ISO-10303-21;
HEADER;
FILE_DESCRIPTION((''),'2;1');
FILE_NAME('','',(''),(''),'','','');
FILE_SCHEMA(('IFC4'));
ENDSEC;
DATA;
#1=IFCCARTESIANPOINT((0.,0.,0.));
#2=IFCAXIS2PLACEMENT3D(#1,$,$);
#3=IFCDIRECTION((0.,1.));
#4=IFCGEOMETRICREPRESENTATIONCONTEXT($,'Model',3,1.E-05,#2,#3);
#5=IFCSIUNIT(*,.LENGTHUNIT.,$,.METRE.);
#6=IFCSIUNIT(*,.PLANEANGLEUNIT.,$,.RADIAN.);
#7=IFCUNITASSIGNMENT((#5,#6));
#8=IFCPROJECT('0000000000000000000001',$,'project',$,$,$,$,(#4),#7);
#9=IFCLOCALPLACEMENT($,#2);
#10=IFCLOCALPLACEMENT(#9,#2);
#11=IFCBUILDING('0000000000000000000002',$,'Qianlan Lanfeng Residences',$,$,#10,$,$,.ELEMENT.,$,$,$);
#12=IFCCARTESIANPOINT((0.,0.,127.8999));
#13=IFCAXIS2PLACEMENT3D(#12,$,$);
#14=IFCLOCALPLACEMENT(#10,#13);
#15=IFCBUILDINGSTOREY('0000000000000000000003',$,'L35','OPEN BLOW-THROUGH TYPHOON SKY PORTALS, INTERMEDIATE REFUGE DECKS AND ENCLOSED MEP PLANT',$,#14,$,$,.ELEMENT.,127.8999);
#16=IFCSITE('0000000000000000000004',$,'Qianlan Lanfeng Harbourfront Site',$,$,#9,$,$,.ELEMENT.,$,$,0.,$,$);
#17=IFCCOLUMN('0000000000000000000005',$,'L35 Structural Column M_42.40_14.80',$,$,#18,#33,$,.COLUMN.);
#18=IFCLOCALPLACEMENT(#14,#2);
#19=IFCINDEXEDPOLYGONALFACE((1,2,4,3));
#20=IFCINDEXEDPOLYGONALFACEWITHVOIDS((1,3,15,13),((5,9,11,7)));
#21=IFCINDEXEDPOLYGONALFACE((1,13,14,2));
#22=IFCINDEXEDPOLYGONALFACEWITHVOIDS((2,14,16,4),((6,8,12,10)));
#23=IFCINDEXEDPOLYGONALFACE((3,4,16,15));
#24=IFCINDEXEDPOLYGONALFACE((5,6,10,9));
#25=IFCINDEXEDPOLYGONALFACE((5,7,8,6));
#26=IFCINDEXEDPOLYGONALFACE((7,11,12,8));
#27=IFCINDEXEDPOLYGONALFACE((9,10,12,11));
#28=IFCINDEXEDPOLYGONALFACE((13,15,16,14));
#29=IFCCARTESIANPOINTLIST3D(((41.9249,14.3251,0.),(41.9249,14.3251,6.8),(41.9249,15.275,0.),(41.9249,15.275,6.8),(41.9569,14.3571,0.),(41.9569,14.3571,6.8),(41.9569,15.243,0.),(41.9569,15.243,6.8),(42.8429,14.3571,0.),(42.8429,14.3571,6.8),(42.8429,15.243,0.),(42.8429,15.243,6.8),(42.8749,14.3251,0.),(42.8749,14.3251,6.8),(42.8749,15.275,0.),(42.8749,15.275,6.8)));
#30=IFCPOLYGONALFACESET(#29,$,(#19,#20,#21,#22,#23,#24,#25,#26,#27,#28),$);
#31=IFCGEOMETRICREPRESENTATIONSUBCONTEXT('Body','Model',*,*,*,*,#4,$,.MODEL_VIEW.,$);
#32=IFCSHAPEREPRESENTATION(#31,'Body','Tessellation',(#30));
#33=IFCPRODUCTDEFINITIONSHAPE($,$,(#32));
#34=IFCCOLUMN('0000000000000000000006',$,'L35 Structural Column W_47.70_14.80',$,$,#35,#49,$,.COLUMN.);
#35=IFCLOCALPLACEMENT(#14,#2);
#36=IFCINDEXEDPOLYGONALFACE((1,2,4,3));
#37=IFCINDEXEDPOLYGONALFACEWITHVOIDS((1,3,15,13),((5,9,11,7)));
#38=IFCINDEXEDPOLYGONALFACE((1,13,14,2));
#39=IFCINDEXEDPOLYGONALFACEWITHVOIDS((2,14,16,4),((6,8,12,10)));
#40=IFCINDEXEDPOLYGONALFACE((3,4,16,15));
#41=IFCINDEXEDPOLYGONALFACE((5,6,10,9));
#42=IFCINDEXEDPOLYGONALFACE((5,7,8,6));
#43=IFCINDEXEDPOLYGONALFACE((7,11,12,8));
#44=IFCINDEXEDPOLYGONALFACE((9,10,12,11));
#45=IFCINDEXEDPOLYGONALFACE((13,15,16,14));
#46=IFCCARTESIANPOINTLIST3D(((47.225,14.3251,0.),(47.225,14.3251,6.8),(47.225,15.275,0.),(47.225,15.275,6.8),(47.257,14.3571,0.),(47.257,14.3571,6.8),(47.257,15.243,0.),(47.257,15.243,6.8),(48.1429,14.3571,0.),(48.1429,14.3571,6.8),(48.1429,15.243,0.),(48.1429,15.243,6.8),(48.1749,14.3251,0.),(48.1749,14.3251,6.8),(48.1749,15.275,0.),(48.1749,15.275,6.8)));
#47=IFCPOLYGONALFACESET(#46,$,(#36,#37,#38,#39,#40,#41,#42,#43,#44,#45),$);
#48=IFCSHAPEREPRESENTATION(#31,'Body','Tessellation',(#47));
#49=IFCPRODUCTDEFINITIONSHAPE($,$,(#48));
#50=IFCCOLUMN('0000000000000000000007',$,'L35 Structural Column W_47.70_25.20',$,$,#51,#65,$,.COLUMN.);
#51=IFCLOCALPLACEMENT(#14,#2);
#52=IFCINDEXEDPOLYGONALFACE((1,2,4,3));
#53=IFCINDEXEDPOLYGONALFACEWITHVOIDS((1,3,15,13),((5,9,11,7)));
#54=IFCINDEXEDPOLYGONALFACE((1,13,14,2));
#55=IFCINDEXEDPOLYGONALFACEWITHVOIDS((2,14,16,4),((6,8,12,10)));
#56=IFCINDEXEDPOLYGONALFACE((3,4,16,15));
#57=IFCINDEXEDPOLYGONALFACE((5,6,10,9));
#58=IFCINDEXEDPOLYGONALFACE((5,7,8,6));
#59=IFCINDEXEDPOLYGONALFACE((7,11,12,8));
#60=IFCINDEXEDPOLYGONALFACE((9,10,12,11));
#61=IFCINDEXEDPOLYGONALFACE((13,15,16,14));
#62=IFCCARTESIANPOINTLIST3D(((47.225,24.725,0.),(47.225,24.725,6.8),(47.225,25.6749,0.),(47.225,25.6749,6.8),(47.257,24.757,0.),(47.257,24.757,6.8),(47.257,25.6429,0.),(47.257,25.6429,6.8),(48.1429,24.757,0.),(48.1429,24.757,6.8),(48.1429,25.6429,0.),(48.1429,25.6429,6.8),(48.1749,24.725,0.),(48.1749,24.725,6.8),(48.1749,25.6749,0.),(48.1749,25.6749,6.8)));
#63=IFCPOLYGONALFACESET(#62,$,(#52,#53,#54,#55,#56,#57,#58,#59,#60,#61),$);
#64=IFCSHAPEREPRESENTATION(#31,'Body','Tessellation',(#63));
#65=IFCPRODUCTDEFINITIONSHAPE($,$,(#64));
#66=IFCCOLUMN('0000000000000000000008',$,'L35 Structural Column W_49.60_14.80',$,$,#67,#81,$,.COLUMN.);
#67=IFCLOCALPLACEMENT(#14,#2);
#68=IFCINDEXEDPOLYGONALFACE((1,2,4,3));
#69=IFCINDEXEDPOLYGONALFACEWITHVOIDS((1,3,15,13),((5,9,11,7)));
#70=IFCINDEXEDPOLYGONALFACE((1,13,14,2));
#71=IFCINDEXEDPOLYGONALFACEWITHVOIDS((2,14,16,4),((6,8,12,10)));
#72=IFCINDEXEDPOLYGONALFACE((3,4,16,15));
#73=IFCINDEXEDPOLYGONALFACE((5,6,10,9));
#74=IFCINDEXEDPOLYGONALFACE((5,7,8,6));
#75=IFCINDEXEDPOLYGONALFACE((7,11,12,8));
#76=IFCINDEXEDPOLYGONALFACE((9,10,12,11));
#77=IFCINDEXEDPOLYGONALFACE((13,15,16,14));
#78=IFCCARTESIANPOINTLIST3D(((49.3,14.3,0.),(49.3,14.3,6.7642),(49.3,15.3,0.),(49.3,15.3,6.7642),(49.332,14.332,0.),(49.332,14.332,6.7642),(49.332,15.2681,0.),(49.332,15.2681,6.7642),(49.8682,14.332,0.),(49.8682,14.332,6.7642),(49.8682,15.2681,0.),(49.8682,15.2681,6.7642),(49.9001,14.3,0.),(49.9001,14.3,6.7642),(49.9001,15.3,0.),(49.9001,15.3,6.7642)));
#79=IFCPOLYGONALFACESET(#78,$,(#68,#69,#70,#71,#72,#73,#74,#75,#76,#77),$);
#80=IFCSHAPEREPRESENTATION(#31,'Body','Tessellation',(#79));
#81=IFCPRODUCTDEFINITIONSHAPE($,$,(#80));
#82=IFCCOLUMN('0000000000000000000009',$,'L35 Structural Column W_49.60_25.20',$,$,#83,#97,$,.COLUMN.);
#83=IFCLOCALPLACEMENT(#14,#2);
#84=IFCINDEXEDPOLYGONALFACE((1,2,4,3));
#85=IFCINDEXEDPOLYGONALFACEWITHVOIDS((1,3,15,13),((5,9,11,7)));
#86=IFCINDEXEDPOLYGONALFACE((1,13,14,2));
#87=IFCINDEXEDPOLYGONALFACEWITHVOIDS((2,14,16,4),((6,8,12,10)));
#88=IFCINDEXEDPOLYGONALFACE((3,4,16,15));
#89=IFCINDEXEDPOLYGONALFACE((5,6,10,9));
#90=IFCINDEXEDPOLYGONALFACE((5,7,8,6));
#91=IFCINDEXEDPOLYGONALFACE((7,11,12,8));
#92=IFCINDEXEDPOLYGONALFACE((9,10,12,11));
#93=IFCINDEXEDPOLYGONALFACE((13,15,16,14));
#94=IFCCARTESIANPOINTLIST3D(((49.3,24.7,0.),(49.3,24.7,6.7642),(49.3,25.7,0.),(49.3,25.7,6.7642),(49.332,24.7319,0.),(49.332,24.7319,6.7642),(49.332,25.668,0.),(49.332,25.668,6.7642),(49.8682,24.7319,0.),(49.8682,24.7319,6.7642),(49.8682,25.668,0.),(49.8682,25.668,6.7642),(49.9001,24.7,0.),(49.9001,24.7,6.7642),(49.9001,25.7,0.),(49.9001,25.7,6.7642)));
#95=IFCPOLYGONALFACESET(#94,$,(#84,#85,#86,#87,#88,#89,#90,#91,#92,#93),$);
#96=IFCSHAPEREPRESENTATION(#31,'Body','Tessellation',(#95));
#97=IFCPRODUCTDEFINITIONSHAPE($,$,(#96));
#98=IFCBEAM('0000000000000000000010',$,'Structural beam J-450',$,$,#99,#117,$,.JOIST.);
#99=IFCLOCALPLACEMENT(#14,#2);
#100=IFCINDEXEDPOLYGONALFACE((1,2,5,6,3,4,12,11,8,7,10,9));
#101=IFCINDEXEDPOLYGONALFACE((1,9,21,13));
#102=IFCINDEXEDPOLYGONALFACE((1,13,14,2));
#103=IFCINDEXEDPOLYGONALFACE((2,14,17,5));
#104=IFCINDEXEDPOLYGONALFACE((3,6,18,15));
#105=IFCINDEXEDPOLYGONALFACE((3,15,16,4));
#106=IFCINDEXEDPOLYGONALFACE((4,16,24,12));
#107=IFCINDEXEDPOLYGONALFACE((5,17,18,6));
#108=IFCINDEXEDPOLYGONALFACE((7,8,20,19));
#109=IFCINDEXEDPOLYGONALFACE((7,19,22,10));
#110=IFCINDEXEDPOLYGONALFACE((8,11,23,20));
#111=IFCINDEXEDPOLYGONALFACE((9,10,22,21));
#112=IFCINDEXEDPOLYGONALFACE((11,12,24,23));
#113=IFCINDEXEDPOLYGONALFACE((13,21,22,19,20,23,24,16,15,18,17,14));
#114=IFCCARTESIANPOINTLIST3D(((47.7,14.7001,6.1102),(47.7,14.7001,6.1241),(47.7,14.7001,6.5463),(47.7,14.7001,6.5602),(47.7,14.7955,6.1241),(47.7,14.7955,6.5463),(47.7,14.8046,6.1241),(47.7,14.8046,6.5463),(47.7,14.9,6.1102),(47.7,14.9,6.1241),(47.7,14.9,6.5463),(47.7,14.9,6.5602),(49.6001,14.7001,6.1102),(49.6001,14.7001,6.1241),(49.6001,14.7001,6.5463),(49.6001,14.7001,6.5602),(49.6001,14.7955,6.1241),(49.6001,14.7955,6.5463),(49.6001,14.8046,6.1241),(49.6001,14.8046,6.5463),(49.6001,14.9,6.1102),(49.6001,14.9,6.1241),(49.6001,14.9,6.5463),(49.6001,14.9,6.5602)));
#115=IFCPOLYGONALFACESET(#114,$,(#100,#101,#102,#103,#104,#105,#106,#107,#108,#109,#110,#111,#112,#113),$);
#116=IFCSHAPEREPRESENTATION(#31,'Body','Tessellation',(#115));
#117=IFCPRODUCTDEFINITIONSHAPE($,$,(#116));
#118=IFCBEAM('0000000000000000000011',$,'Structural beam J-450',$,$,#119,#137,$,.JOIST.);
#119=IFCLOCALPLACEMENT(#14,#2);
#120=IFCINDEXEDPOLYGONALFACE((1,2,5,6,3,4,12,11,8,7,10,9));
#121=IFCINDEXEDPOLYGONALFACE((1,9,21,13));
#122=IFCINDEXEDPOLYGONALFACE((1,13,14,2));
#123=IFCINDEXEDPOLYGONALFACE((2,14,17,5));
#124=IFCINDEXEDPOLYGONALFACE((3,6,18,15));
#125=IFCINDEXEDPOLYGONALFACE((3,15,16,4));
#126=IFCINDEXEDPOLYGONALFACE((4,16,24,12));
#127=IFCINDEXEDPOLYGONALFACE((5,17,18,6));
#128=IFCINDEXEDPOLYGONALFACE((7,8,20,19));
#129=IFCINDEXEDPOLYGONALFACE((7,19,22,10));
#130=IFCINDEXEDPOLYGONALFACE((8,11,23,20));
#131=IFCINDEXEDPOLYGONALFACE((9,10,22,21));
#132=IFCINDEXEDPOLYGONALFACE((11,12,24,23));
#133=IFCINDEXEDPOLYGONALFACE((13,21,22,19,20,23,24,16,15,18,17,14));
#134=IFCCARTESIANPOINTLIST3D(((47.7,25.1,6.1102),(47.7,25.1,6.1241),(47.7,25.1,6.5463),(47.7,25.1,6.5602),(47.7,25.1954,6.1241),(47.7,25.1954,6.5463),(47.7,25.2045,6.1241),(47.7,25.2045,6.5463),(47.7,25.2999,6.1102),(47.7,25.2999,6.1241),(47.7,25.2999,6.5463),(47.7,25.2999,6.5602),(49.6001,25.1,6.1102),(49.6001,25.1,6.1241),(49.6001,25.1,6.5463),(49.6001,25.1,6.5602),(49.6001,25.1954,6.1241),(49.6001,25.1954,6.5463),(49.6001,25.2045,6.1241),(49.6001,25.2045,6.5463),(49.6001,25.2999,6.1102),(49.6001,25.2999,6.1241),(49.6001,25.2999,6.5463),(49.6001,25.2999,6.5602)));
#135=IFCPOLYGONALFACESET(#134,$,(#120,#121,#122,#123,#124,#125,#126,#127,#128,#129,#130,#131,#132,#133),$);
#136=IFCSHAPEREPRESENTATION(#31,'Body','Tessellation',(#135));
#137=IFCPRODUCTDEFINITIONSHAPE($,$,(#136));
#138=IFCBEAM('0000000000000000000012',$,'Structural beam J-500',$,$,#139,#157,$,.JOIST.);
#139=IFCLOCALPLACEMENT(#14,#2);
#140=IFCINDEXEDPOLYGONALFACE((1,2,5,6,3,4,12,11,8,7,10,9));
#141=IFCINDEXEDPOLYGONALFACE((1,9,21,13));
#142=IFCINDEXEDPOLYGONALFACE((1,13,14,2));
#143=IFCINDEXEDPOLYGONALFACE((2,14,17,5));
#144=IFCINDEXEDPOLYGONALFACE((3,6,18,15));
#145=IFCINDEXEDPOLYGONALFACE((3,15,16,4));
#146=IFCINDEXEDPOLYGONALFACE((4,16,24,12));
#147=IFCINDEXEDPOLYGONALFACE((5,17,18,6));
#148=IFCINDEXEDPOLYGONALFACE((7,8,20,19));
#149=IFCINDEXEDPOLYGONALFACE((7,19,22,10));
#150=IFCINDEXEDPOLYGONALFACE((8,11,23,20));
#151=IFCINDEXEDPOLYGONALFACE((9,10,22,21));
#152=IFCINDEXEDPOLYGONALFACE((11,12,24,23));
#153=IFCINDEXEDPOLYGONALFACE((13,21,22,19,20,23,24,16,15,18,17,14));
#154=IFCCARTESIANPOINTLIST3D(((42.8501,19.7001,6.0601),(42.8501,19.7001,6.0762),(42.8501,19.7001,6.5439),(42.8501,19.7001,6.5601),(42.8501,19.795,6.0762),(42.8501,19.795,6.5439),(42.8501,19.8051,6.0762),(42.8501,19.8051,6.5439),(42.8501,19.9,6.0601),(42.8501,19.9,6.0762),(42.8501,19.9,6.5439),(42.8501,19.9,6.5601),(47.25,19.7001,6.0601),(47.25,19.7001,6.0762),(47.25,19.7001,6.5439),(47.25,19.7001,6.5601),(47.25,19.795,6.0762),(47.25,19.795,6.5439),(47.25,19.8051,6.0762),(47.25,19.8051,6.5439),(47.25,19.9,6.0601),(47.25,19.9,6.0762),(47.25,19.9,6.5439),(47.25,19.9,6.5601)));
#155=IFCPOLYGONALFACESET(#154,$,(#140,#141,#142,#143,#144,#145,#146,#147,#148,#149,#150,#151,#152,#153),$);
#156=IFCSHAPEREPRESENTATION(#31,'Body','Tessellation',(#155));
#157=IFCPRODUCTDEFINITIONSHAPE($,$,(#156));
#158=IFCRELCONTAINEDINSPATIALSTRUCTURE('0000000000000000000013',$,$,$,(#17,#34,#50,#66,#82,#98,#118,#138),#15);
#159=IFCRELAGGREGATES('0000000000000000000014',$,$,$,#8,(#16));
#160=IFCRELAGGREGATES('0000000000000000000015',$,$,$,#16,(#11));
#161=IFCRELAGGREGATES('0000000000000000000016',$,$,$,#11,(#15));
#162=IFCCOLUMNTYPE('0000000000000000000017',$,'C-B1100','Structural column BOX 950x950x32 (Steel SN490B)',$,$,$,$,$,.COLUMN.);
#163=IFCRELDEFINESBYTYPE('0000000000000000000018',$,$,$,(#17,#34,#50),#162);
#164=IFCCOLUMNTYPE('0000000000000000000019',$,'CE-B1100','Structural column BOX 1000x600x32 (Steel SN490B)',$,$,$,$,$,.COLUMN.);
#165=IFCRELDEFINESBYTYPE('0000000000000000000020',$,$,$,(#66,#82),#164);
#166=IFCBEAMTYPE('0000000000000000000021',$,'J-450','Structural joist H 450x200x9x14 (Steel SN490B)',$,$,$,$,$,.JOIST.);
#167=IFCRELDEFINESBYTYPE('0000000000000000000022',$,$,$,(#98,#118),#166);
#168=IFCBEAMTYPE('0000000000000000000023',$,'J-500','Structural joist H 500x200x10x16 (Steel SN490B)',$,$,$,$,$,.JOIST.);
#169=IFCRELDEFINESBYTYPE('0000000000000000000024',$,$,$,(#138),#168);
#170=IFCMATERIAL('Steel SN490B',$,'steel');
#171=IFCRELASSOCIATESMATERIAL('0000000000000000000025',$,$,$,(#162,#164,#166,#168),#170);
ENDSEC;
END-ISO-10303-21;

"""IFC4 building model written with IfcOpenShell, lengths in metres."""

from ifc_helpers import new_model, si_unit, direction, frame, origin, origin_2d, place, context, subcontext, project, spatial, hollow_rectangle, i_section, extrude, material, material_profile, profile_set, type_object, element, save


model = new_model("IFC4")

# Units and contexts
model_context = context("Model", 3, precision=1e-05, world=origin(), true_north=direction((0.0, 1.0)))
body_context = subcontext(model_context, "Body", "Model", "MODEL_VIEW")
ifc_project = project(units=[si_unit("LENGTHUNIT", "METRE"), si_unit("PLANEANGLEUNIT", "RADIAN")], contexts=[model_context])

# Site, building, storey
site_placement = place(None, origin())
site = spatial("IfcSite", under=ifc_project, at=site_placement, Name="Qianlan Lanfeng Harbourfront Site", CompositionType="ELEMENT", RefElevation=0.0)
building_placement = place(site_placement, origin())
building = spatial("IfcBuilding", under=site, at=building_placement, Name="Qianlan Lanfeng Residences", CompositionType="ELEMENT")
storey_placement = place(building_placement, frame((0.0, 0.0, 127.8999)))
storey = spatial("IfcBuildingStorey", under=building, at=storey_placement, Name="L35", Description="OPEN BLOW-THROUGH TYPHOON SKY PORTALS, INTERMEDIATE REFUGE DECKS AND ENCLOSED MEP PLANT", CompositionType="ELEMENT", Elevation=127.8999)

# Columns
ifc_material_1 = material(Name="Steel SN490B", Category="steel")
ifc_material_profile_1 = material_profile(ifc_material_1, hollow_rectangle(XDim=0.95, YDim=0.95, WallThickness=0.032, at=origin_2d()), Name="BOX 950x950x32")
ifc_profile_set_1 = profile_set([ifc_material_profile_1], Name="Steel SN490B")
column_type_1 = type_object("IfcColumnType", Name="C-B1100", Description="Structural column BOX 950x950x32 (Steel SN490B)", PredefinedType="COLUMN", material=ifc_profile_set_1)
for number, where, z_axis, x_axis, name in (
    (1, (42.3999, 14.8, 0.0), (0.0, 0.0, 1.0), (1.0, 0.0, 0.0), "L35 Structural Column M_42.40_14.80"),
    (2, (47.7, 14.8, 0.0), (0.0, 0.0, 1.0), (1.0, 0.0, 0.0), "L35 Structural Column W_47.70_14.80"),
    (3, (47.7, 25.2, 0.0), (0.0, 0.0, 1.0), (1.0, 0.0, 0.0), "L35 Structural Column W_47.70_25.20"),
):
    element("IfcColumn", number, at=place(storey_placement, frame(where, z_axis=z_axis, x_axis=x_axis)), inside=storey, type_object=column_type_1, Name=name, PredefinedType="COLUMN", context=body_context, shape_type="SweptSolid", body=[
        extrude(hollow_rectangle(XDim=0.95, YDim=0.95, WallThickness=0.032, at=origin_2d()), origin(), (0.0, 0.0, 1.0), 6.8),
    ])
ifc_material_profile_2 = material_profile(ifc_material_1, hollow_rectangle(XDim=0.6001, YDim=1.0, WallThickness=0.032, at=origin_2d()), Name="BOX 1000x600x32")
ifc_profile_set_2 = profile_set([ifc_material_profile_2], Name="Steel SN490B")
column_type_2 = type_object("IfcColumnType", Name="CE-B1100", Description="Structural column BOX 1000x600x32 (Steel SN490B)", PredefinedType="COLUMN", material=ifc_profile_set_2)
for number, where, z_axis, x_axis, name in (
    (4, (49.6001, 14.8, 0.0), (0.0, 0.0, 1.0), (1.0, 0.0, 0.0), "L35 Structural Column W_49.60_14.80"),
    (5, (49.6001, 25.2, 0.0), (0.0, 0.0, 1.0), (1.0, 0.0, 0.0), "L35 Structural Column W_49.60_25.20"),
):
    element("IfcColumn", number, at=place(storey_placement, frame(where, z_axis=z_axis, x_axis=x_axis)), inside=storey, type_object=column_type_2, Name=name, PredefinedType="COLUMN", context=body_context, shape_type="SweptSolid", body=[
        extrude(hollow_rectangle(XDim=0.6001, YDim=1.0, WallThickness=0.032, at=origin_2d()), origin(), (0.0, 0.0, 1.0), 6.7642),
    ])

# Beams
ifc_material_profile_3 = material_profile(ifc_material_1, i_section(OverallWidth=0.2, OverallDepth=0.45, WebThickness=0.009, FlangeThickness=0.0139, at=origin_2d()), Name="H 450x200x9x14")
ifc_profile_set_3 = profile_set([ifc_material_profile_3], Name="Steel SN490B")
beam_type_1 = type_object("IfcBeamType", Name="J-450", Description="Structural joist H 450x200x9x14 (Steel SN490B)", PredefinedType="JOIST", material=ifc_profile_set_3)
for number, where, z_axis, x_axis, name in (
    (6, (47.7, 14.8, 6.3352), (1.0, 0.0, 0.0), (0.0, 1.0, 0.0), "Structural beam J-450"),
    (7, (47.7, 25.2, 6.3352), (1.0, 0.0, 0.0), (0.0, 1.0, 0.0), "Structural beam J-450"),
):
    element("IfcBeam", number, at=place(storey_placement, frame(where, z_axis=z_axis, x_axis=x_axis)), inside=storey, type_object=beam_type_1, Name=name, PredefinedType="JOIST", context=body_context, shape_type="SweptSolid", body=[
        extrude(i_section(OverallWidth=0.2, OverallDepth=0.45, WebThickness=0.009, FlangeThickness=0.0139, at=origin_2d()), origin(), (0.0, 0.0, 1.0), 1.9001),
    ])
ifc_material_profile_4 = material_profile(ifc_material_1, i_section(OverallWidth=0.2, OverallDepth=0.5, WebThickness=0.01, FlangeThickness=0.0161, at=origin_2d()), Name="H 500x200x10x16")
ifc_profile_set_4 = profile_set([ifc_material_profile_4], Name="Steel SN490B")
beam_type_2 = type_object("IfcBeamType", Name="J-500", Description="Structural joist H 500x200x10x16 (Steel SN490B)", PredefinedType="JOIST", material=ifc_profile_set_4)
beam_1_placement = place(storey_placement, frame((42.8501, 19.8, 6.3101), z_axis=(1.0, 0.0, 0.0), x_axis=(0.0, 1.0, 0.0)))
element("IfcBeam", 8, at=beam_1_placement, inside=storey, type_object=beam_type_2, Name="Structural beam J-500", PredefinedType="JOIST", context=body_context, shape_type="SweptSolid", body=[
    extrude(i_section(OverallWidth=0.2, OverallDepth=0.5, WebThickness=0.01, FlangeThickness=0.0161, at=origin_2d()), origin(), (0.0, 0.0, 1.0), 4.3999),
])

save(model, "model.ifc")
